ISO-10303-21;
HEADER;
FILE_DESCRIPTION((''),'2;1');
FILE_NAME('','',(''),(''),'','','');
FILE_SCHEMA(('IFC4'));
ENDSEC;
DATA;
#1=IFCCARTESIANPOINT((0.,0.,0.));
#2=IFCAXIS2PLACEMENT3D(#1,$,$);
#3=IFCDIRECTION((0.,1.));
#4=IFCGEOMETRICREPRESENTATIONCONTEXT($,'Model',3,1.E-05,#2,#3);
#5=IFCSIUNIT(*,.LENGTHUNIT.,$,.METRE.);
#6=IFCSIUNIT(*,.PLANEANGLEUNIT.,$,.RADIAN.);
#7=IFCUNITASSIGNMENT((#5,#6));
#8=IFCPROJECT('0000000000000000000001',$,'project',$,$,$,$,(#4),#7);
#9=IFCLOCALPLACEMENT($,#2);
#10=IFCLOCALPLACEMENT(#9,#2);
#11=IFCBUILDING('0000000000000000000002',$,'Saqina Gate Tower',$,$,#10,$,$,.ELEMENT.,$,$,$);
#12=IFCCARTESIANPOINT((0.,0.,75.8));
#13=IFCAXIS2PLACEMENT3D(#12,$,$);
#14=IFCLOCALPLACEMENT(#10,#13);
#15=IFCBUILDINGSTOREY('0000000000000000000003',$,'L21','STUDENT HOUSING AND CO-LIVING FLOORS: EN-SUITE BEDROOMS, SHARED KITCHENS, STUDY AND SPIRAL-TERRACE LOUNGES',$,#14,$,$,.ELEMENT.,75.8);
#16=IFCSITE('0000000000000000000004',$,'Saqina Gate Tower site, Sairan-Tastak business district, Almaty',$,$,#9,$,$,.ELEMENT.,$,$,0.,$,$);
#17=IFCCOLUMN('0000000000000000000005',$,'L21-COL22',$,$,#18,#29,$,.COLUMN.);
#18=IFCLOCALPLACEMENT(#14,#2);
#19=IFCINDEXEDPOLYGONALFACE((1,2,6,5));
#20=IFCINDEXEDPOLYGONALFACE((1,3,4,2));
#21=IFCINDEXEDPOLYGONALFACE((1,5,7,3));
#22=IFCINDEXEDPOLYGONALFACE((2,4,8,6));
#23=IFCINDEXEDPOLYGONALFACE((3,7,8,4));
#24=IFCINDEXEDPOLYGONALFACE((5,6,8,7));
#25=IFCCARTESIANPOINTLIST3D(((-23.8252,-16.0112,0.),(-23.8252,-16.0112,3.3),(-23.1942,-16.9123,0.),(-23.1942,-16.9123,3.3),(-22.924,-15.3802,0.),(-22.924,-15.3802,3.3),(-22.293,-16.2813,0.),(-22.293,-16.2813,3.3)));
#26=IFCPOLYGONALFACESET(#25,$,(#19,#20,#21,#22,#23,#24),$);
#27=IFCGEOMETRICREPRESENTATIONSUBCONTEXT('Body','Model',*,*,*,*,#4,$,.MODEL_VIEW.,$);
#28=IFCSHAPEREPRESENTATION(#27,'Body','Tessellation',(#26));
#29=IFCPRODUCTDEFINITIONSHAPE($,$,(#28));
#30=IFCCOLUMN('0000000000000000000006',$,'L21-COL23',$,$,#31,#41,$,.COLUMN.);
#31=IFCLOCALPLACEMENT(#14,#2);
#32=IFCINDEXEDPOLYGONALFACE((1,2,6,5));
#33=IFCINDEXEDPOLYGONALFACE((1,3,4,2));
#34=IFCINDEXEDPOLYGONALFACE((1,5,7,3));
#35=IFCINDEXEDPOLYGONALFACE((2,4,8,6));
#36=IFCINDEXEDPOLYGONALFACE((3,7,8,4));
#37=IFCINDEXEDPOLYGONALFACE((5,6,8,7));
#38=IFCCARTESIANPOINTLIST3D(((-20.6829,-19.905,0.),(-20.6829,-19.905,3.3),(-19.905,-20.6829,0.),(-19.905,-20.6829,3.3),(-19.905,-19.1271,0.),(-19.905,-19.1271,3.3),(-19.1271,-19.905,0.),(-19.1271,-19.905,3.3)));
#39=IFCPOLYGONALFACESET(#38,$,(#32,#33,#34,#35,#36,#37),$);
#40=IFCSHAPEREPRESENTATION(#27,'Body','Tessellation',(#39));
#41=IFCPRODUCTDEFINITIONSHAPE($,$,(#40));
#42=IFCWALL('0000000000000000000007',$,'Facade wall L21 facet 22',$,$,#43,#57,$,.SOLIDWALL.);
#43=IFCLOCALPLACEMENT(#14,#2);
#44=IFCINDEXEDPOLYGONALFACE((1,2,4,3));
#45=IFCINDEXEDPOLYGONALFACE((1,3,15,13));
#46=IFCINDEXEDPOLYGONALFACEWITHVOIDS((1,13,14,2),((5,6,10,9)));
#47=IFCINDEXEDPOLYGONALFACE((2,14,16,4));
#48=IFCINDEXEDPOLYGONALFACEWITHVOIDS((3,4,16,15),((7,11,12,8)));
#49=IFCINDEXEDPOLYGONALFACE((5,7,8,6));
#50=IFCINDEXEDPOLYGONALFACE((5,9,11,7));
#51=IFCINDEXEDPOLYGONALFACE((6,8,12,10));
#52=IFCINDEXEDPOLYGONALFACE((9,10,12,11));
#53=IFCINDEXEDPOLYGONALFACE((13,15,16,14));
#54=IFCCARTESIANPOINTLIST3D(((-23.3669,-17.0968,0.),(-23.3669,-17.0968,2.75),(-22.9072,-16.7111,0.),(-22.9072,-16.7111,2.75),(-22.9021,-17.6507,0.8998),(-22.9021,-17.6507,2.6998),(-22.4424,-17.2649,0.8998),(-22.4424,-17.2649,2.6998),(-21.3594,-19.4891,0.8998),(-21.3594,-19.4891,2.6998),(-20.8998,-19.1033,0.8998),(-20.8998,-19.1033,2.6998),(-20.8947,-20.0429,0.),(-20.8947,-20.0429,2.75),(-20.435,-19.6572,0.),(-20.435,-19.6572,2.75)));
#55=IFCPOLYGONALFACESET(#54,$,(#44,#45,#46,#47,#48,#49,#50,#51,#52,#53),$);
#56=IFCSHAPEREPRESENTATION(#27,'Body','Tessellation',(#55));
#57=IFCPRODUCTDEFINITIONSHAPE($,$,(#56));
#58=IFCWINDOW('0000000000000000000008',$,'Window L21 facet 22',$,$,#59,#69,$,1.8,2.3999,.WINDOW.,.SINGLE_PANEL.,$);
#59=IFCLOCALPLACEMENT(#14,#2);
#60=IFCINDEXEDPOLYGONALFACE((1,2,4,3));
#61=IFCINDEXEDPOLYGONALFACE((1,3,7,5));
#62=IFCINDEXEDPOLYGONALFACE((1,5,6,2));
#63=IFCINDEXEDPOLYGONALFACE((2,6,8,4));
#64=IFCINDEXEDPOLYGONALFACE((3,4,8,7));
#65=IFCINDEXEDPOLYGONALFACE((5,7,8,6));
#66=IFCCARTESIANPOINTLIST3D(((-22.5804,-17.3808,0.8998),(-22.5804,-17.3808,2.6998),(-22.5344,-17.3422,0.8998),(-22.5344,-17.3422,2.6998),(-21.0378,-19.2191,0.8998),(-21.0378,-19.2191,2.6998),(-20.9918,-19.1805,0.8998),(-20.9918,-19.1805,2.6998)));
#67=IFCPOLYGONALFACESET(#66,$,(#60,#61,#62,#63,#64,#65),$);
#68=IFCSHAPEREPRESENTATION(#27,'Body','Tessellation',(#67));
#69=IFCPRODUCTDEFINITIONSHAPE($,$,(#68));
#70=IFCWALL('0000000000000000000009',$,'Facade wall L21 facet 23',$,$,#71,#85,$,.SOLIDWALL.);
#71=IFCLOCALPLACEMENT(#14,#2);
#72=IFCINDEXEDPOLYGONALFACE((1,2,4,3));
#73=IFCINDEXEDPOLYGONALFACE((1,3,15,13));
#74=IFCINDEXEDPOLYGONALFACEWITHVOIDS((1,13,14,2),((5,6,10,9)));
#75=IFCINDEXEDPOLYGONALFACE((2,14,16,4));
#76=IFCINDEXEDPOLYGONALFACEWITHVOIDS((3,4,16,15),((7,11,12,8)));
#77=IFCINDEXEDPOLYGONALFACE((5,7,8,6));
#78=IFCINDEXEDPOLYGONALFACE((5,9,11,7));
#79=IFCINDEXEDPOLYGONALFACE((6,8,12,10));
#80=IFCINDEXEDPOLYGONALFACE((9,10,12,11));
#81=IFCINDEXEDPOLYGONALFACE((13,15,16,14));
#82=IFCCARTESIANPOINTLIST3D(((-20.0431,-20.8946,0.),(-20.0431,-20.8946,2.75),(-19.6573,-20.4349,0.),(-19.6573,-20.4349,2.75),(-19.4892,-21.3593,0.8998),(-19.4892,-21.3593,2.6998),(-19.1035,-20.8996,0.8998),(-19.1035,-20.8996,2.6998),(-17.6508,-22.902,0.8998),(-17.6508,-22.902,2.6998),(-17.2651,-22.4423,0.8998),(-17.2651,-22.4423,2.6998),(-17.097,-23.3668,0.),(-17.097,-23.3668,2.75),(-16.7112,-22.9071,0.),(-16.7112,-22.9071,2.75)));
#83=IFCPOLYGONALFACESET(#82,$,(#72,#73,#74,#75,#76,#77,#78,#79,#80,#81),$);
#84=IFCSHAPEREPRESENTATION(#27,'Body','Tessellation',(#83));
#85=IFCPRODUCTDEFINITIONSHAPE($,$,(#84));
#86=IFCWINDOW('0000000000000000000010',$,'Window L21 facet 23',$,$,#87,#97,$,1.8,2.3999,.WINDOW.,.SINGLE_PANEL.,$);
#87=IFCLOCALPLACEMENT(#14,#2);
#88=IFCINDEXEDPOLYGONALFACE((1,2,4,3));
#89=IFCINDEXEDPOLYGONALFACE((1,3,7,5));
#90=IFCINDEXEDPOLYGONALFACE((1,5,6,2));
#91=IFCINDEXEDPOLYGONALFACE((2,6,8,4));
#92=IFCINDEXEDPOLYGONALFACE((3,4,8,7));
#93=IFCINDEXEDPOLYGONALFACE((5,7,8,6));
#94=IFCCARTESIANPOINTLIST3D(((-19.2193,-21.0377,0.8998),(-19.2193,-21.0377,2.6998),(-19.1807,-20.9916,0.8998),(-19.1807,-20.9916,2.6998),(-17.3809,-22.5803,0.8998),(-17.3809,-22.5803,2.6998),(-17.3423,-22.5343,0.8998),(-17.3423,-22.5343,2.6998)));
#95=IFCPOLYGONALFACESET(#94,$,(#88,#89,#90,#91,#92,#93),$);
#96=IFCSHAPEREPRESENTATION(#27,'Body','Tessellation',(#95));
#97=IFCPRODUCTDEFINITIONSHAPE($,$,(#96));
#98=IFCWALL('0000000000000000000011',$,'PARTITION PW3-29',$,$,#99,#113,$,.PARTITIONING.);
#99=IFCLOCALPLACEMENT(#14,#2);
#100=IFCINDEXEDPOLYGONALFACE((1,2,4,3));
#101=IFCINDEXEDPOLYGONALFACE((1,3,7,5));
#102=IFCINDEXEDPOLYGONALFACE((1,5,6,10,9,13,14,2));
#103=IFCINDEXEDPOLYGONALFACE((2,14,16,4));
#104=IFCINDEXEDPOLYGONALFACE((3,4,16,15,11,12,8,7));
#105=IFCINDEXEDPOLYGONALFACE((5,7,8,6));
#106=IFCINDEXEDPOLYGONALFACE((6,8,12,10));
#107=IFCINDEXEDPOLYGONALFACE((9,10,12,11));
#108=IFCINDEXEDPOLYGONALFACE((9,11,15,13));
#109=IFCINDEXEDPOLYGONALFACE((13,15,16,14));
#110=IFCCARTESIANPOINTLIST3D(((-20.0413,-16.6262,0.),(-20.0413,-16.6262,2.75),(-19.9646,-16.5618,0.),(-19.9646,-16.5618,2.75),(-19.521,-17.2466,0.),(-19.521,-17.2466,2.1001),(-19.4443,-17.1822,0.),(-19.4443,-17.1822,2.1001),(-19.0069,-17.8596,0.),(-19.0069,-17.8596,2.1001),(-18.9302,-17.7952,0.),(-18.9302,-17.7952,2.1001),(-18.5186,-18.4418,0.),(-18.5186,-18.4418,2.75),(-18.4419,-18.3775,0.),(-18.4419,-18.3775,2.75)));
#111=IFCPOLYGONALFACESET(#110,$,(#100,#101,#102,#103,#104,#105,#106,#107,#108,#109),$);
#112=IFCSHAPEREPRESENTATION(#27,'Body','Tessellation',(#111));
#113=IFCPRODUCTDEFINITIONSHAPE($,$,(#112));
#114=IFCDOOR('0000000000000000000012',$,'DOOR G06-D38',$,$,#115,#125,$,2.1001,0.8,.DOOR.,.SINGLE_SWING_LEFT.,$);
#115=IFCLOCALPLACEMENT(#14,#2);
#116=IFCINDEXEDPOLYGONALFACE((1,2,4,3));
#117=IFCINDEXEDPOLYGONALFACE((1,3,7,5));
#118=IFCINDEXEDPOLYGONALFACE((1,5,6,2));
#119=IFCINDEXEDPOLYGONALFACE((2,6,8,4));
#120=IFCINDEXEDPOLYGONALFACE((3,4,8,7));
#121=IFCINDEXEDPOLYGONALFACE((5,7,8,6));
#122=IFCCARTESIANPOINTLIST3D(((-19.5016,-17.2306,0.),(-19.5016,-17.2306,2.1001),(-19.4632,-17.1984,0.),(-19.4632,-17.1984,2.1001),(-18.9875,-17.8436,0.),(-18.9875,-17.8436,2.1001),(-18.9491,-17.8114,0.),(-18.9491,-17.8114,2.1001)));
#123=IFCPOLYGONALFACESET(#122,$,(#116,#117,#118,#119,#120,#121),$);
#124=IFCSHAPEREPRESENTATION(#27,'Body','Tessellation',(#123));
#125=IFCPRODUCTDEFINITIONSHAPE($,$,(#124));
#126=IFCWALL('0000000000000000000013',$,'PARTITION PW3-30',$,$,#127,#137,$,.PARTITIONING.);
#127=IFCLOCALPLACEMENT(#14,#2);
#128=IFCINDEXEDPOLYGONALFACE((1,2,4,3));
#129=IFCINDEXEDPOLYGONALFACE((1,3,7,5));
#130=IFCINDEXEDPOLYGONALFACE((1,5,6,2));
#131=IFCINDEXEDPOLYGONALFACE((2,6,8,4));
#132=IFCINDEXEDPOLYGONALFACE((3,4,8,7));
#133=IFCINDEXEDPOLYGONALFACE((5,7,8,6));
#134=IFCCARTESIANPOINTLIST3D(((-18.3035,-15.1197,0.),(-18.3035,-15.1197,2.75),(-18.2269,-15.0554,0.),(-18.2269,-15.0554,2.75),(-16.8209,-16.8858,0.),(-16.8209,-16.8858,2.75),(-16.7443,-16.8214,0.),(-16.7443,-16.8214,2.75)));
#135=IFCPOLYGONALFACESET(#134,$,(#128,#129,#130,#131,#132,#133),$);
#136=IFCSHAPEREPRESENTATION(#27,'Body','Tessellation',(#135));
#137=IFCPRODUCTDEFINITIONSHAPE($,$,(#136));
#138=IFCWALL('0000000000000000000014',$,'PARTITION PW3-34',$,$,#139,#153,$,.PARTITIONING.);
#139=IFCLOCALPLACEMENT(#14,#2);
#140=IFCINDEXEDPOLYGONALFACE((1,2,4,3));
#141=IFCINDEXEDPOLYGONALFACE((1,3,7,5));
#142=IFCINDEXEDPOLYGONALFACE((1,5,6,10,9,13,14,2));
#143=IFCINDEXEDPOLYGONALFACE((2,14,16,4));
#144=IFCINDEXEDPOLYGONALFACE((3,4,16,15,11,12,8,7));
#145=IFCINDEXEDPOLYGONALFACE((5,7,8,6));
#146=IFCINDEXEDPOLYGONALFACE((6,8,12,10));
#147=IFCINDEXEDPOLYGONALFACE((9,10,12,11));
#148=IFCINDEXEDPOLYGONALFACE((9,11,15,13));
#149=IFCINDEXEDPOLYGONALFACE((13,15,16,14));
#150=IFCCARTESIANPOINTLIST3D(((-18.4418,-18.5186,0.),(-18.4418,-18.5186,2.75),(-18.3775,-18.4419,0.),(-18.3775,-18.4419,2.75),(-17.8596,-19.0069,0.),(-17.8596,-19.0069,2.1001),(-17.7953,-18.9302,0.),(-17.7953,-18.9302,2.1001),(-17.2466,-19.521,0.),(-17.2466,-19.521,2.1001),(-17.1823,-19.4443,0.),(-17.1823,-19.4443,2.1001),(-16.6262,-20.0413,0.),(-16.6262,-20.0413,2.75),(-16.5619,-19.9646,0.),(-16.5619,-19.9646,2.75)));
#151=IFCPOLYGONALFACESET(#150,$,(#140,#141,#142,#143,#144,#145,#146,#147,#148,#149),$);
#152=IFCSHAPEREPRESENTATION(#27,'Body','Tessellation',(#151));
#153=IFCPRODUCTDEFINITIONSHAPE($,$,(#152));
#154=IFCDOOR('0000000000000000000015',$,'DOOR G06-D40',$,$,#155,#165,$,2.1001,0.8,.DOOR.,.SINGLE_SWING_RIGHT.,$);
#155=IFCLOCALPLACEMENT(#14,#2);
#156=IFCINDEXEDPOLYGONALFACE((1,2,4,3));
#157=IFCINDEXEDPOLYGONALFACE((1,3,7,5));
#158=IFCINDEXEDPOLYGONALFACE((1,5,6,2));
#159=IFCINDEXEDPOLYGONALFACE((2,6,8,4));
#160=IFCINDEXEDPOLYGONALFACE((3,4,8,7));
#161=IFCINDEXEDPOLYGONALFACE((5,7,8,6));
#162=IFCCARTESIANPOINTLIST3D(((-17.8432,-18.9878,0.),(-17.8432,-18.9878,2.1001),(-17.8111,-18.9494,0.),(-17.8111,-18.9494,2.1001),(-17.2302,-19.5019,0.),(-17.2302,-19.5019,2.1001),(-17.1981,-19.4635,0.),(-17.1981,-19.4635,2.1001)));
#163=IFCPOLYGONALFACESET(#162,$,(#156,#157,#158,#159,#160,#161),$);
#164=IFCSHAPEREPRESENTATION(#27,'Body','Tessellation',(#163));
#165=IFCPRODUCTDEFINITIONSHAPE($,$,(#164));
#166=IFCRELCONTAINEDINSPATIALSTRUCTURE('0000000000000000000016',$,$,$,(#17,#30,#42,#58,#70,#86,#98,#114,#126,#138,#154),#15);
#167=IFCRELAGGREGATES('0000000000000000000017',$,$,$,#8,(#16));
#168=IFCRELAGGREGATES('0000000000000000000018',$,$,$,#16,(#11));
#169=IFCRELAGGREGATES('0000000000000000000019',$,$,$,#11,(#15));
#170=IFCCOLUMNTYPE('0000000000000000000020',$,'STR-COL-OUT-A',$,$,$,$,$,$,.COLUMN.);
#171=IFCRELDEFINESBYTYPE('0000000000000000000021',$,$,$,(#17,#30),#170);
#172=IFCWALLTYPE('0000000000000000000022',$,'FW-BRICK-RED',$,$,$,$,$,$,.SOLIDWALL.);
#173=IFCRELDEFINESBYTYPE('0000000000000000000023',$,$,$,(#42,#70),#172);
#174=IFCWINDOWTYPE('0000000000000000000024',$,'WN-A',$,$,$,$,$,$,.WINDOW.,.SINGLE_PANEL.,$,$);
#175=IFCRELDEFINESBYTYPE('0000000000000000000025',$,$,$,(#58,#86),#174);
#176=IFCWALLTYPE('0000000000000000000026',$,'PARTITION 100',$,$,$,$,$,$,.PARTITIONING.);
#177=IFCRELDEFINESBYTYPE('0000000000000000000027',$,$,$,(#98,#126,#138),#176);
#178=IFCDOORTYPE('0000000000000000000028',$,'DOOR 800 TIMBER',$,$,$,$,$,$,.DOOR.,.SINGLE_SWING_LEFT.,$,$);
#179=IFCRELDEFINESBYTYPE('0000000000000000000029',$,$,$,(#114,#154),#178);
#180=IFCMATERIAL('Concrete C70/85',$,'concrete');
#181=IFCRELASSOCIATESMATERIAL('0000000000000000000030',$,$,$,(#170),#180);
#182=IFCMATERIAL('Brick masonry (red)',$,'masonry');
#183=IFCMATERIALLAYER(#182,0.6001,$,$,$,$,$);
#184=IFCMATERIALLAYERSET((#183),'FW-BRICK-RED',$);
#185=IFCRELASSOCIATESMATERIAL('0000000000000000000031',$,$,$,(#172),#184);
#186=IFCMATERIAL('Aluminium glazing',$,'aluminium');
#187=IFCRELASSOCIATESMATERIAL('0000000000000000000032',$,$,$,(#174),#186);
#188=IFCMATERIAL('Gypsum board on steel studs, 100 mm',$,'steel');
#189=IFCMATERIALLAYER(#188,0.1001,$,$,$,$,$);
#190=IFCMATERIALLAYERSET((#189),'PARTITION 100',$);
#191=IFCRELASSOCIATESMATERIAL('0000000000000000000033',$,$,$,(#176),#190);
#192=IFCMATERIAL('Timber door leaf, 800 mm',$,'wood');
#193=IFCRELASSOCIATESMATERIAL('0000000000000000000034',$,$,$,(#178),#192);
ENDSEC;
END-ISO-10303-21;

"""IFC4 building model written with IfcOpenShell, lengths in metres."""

from ifc_helpers import new_model, si_unit, direction, frame, frame_2d, origin, origin_2d, place, context, subcontext, project, spatial, rectangle, extrude, material, layer, layer_set, material_profile, profile_set, type_object, element, fill, save


model = new_model("IFC4")

# Units and contexts
model_context = context("Model", 3, precision=1e-05, world=origin(), true_north=direction((0.0, 1.0)))
body_context = subcontext(model_context, "Body", "Model", "MODEL_VIEW")
ifc_project = project(units=[si_unit("LENGTHUNIT", "METRE"), si_unit("PLANEANGLEUNIT", "RADIAN")], contexts=[model_context])

# Site, building, storey
site_placement = place(None, origin())
site = spatial("IfcSite", under=ifc_project, at=site_placement, Name="Saqina Gate Tower site, Sairan-Tastak business district, Almaty", CompositionType="ELEMENT", RefElevation=0.0)
building_placement = place(site_placement, origin())
building = spatial("IfcBuilding", under=site, at=building_placement, Name="Saqina Gate Tower", CompositionType="ELEMENT")
storey_placement = place(building_placement, frame((0.0, 0.0, 75.8)))
storey = spatial("IfcBuildingStorey", under=building, at=storey_placement, Name="L21", Description="STUDENT HOUSING AND CO-LIVING FLOORS: EN-SUITE BEDROOMS, SHARED KITCHENS, STUDY AND SPIRAL-TERRACE LOUNGES", CompositionType="ELEMENT", Elevation=75.8)

# Columns
ifc_material_1 = material(Name="Concrete C70/85", Category="concrete")
ifc_material_profile = material_profile(ifc_material_1, rectangle(XDim=1.1001, YDim=1.1001, at=origin_2d()), Name="RC 1100x1100")
ifc_profile_set = profile_set([ifc_material_profile], Name="Concrete C70/85")
column_type = type_object("IfcColumnType", Name="STR-COL-OUT-A", PredefinedType="COLUMN", material=ifc_profile_set)
for number, where, z_axis, x_axis, name in (
    (1, (-23.0591, -16.1462, 0.0), (0.0, 0.0, 1.0), (-0.819152, -0.573576, 0.0), "L21-COL22"),
    (2, (-19.905, -19.905, 0.0), (0.0, 0.0, 1.0), (-0.707107, -0.707107, 0.0), "L21-COL23"),
):
    element("IfcColumn", number, at=place(storey_placement, frame(where, z_axis=z_axis, x_axis=x_axis)), inside=storey, type_object=column_type, Name=name, PredefinedType="COLUMN", context=body_context, shape_type="SweptSolid", body=[
        extrude(rectangle(XDim=1.1001, YDim=1.1001, at=origin_2d()), origin(), (0.0, 0.0, 1.0), 3.3),
    ])

# Walls, openings, windows
ifc_material_2 = material(Name="Brick masonry (red)", Category="masonry")
ifc_layer_1 = layer(ifc_material_2, 0.6001)
ifc_layer_set_1 = layer_set([ifc_layer_1], Name="FW-BRICK-RED")
wall_type_1 = type_object("IfcWallType", Name="FW-BRICK-RED", PredefinedType="SOLIDWALL", material=ifc_layer_set_1)
wall_1_placement = place(storey_placement, frame((-23.137, -16.9041, 0.0), z_axis=(0.0, 0.0, 1.0), x_axis=(0.642809, -0.766026, 0.0)))
wall_1 = element("IfcWall", 3, at=wall_1_placement, inside=storey, type_object=wall_type_1, Name="Facade wall L21 facet 22", PredefinedType="SOLIDWALL", context=body_context, shape_type="SweptSolid", body=[
    extrude(rectangle(XDim=3.8459, YDim=0.6001, at=frame_2d((1.9229, 0.0))), origin(), (0.0, 0.0, 1.0), 2.75),
])
opening_1_placement = place(wall_1_placement, frame((0.7229, 0.0, 0.8999)))
opening_1 = element("IfcOpeningElement", 4, at=opening_1_placement, cuts=wall_1, PredefinedType="OPENING", context=body_context, shape_type="SweptSolid", body=[
    extrude(rectangle(XDim=2.3999, YDim=1.8, at=frame_2d((1.2, 0.8999))), frame((0.0, 0.312, 0.0), z_axis=(0.0, -1.0, 0.0), x_axis=(1.0, 0.0, 0.0)), (0.0, 0.0, 1.0), 0.624),
])
ifc_material_3 = material(Name="Aluminium glazing", Category="aluminium")
window_type = type_object("IfcWindowType", Name="WN-A", PartitioningType="SINGLE_PANEL", PredefinedType="WINDOW", material=ifc_material_3)
window_1_placement = place(opening_1_placement, origin())
window_1 = element("IfcWindow", 5, at=window_1_placement, inside=storey, type_object=window_type, Name="Window L21 facet 22", OverallHeight=1.8, OverallWidth=2.3999, PartitioningType="SINGLE_PANEL", PredefinedType="WINDOW", context=body_context, shape_type="SweptSolid", body=[
    extrude(rectangle(XDim=2.3999, YDim=1.8, at=frame_2d((1.2, 0.8999))), frame((0.0, 0.1799, 0.0), z_axis=(0.0, -1.0, 0.0), x_axis=(1.0, 0.0, 0.0)), (0.0, 0.0, 1.0), 0.0601),
])
fill(opening_1, window_1)
wall_2_placement = place(storey_placement, frame((-19.8501, -20.6648, 0.0), z_axis=(0.0, 0.0, 1.0), x_axis=(0.766026, -0.642809, 0.0)))
wall_2 = element("IfcWall", 6, at=wall_2_placement, inside=storey, type_object=wall_type_1, Name="Facade wall L21 facet 23", PredefinedType="SOLIDWALL", context=body_context, shape_type="SweptSolid", body=[
    extrude(rectangle(XDim=3.8459, YDim=0.6001, at=frame_2d((1.9229, 0.0))), origin(), (0.0, 0.0, 1.0), 2.75),
])
opening_2_placement = place(wall_2_placement, frame((0.7229, 0.0, 0.8999)))
opening_2 = element("IfcOpeningElement", 7, at=opening_2_placement, cuts=wall_2, PredefinedType="OPENING", context=body_context, shape_type="SweptSolid", body=[
    extrude(rectangle(XDim=2.3999, YDim=1.8, at=frame_2d((1.2, 0.8999))), frame((0.0, 0.312, 0.0), z_axis=(0.0, -1.0, 0.0), x_axis=(1.0, 0.0, 0.0)), (0.0, 0.0, 1.0), 0.624),
])
window_2_placement = place(opening_2_placement, origin())
window_2 = element("IfcWindow", 8, at=window_2_placement, inside=storey, type_object=window_type, Name="Window L21 facet 23", OverallHeight=1.8, OverallWidth=2.3999, PartitioningType="SINGLE_PANEL", PredefinedType="WINDOW", context=body_context, shape_type="SweptSolid", body=[
    extrude(rectangle(XDim=2.3999, YDim=1.8, at=frame_2d((1.2, 0.8999))), frame((0.0, 0.1799, 0.0), z_axis=(0.0, -1.0, 0.0), x_axis=(1.0, 0.0, 0.0)), (0.0, 0.0, 1.0), 0.0601),
])
fill(opening_2, window_2)

# Wall, opening, door
ifc_material_4 = material(Name="Gypsum board on steel studs, 100 mm", Category="steel")
ifc_layer_2 = layer(ifc_material_4, 0.1001)
ifc_layer_set_2 = layer_set([ifc_layer_2], Name="PARTITION 100")
wall_type_2 = type_object("IfcWallType", Name="PARTITION 100", PredefinedType="PARTITIONING", material=ifc_layer_set_2)
wall_3_placement = place(storey_placement, frame((-20.0029, -16.594, 0.0), z_axis=(0.0, 0.0, 1.0), x_axis=(0.642583, -0.766216, 0.0)))
wall_3 = element("IfcWall", 9, at=wall_3_placement, inside=storey, type_object=wall_type_2, Name="PARTITION PW3-29", PredefinedType="PARTITIONING", context=body_context, shape_type="SweptSolid", body=[
    extrude(rectangle(XDim=2.3696, YDim=0.1001, at=frame_2d((1.1848, 0.0))), origin(), (0.0, 0.0, 1.0), 2.75),
])
opening_3_placement = place(wall_3_placement, frame((0.8098, 0.0, 0.0)))
opening_3 = element("IfcOpeningElement", 10, at=opening_3_placement, cuts=wall_3, PredefinedType="OPENING", context=body_context, shape_type="SweptSolid", body=[
    extrude(rectangle(XDim=0.8, YDim=2.1001, at=frame_2d((0.3999, 1.05))), frame((0.0, 0.062, 0.0), z_axis=(0.0, -1.0, 0.0), x_axis=(1.0, 0.0, 0.0)), (0.0, 0.0, 1.0), 0.124),
])
ifc_material_5 = material(Name="Timber door leaf, 800 mm", Category="wood")
door_type_1 = type_object("IfcDoorType", Name="DOOR 800 TIMBER", OperationType="SINGLE_SWING_LEFT", PredefinedType="DOOR", material=ifc_material_5)
door_1_placement = place(opening_3_placement, frame((0.8, 0.0, 0.0), z_axis=(0.0, 0.0, 1.0), x_axis=(-1.0, 0.0, 0.0)))
door_1 = element("IfcDoor", 11, at=door_1_placement, inside=storey, type_object=door_type_1, Name="DOOR G06-D38", OperationType="SINGLE_SWING_LEFT", OverallHeight=2.1001, OverallWidth=0.8, PredefinedType="DOOR", context=body_context, shape_type="SweptSolid", body=[
    extrude(rectangle(XDim=0.8, YDim=2.1001, at=frame_2d((0.3999, 1.05))), frame((0.0, 0.0249, 0.0), z_axis=(0.0, -1.0, 0.0), x_axis=(1.0, 0.0, 0.0)), (0.0, 0.0, 1.0), 0.05),
])
fill(opening_3, door_1)

# Wall
wall_4_placement = place(storey_placement, frame((-18.2651, -15.0876, 0.0), z_axis=(0.0, 0.0, 1.0), x_axis=(0.642971, -0.76589, 0.0)))
element("IfcWall", 12, at=wall_4_placement, inside=storey, type_object=wall_type_2, Name="PARTITION PW3-30", PredefinedType="PARTITIONING", context=body_context, shape_type="SweptSolid", body=[
    extrude(rectangle(XDim=2.3059, YDim=0.1001, at=frame_2d((1.1528, 0.0))), origin(), (0.0, 0.0, 1.0), 2.75),
])

# Wall, opening, door
wall_5_placement = place(storey_placement, frame((-18.4097, -18.4802, 0.0), z_axis=(0.0, 0.0, 1.0), x_axis=(0.766216, -0.642583, 0.0)))
wall_5 = element("IfcWall", 13, at=wall_5_placement, inside=storey, type_object=wall_type_2, Name="PARTITION PW3-34", PredefinedType="PARTITIONING", context=body_context, shape_type="SweptSolid", body=[
    extrude(rectangle(XDim=2.3696, YDim=0.1001, at=frame_2d((1.1848, 0.0))), origin(), (0.0, 0.0, 1.0), 2.75),
])
opening_4_placement = place(wall_5_placement, frame((0.76, 0.0, 0.0)))
opening_4 = element("IfcOpeningElement", 14, at=opening_4_placement, cuts=wall_5, PredefinedType="OPENING", context=body_context, shape_type="SweptSolid", body=[
    extrude(rectangle(XDim=0.8, YDim=2.1001, at=frame_2d((0.3999, 1.05))), frame((0.0, 0.062, 0.0), z_axis=(0.0, -1.0, 0.0), x_axis=(1.0, 0.0, 0.0)), (0.0, 0.0, 1.0), 0.124),
])
door_2_placement = place(opening_4_placement, frame((0.8, 0.0, 0.0), z_axis=(0.0, 0.0, 1.0), x_axis=(-1.0, 0.0, 0.0)))
door_2 = element("IfcDoor", 15, at=door_2_placement, inside=storey, type_object=door_type_1, Name="DOOR G06-D40", OperationType="SINGLE_SWING_RIGHT", OverallHeight=2.1001, OverallWidth=0.8, PredefinedType="DOOR", context=body_context, shape_type="SweptSolid", body=[
    extrude(rectangle(XDim=0.8, YDim=2.1001, at=frame_2d((0.3999, 1.05))), frame((0.0, 0.0249, 0.0), z_axis=(0.0, -1.0, 0.0), x_axis=(1.0, 0.0, 0.0)), (0.0, 0.0, 1.0), 0.05),
])
fill(opening_4, door_2)

save(model, "model.ifc")
